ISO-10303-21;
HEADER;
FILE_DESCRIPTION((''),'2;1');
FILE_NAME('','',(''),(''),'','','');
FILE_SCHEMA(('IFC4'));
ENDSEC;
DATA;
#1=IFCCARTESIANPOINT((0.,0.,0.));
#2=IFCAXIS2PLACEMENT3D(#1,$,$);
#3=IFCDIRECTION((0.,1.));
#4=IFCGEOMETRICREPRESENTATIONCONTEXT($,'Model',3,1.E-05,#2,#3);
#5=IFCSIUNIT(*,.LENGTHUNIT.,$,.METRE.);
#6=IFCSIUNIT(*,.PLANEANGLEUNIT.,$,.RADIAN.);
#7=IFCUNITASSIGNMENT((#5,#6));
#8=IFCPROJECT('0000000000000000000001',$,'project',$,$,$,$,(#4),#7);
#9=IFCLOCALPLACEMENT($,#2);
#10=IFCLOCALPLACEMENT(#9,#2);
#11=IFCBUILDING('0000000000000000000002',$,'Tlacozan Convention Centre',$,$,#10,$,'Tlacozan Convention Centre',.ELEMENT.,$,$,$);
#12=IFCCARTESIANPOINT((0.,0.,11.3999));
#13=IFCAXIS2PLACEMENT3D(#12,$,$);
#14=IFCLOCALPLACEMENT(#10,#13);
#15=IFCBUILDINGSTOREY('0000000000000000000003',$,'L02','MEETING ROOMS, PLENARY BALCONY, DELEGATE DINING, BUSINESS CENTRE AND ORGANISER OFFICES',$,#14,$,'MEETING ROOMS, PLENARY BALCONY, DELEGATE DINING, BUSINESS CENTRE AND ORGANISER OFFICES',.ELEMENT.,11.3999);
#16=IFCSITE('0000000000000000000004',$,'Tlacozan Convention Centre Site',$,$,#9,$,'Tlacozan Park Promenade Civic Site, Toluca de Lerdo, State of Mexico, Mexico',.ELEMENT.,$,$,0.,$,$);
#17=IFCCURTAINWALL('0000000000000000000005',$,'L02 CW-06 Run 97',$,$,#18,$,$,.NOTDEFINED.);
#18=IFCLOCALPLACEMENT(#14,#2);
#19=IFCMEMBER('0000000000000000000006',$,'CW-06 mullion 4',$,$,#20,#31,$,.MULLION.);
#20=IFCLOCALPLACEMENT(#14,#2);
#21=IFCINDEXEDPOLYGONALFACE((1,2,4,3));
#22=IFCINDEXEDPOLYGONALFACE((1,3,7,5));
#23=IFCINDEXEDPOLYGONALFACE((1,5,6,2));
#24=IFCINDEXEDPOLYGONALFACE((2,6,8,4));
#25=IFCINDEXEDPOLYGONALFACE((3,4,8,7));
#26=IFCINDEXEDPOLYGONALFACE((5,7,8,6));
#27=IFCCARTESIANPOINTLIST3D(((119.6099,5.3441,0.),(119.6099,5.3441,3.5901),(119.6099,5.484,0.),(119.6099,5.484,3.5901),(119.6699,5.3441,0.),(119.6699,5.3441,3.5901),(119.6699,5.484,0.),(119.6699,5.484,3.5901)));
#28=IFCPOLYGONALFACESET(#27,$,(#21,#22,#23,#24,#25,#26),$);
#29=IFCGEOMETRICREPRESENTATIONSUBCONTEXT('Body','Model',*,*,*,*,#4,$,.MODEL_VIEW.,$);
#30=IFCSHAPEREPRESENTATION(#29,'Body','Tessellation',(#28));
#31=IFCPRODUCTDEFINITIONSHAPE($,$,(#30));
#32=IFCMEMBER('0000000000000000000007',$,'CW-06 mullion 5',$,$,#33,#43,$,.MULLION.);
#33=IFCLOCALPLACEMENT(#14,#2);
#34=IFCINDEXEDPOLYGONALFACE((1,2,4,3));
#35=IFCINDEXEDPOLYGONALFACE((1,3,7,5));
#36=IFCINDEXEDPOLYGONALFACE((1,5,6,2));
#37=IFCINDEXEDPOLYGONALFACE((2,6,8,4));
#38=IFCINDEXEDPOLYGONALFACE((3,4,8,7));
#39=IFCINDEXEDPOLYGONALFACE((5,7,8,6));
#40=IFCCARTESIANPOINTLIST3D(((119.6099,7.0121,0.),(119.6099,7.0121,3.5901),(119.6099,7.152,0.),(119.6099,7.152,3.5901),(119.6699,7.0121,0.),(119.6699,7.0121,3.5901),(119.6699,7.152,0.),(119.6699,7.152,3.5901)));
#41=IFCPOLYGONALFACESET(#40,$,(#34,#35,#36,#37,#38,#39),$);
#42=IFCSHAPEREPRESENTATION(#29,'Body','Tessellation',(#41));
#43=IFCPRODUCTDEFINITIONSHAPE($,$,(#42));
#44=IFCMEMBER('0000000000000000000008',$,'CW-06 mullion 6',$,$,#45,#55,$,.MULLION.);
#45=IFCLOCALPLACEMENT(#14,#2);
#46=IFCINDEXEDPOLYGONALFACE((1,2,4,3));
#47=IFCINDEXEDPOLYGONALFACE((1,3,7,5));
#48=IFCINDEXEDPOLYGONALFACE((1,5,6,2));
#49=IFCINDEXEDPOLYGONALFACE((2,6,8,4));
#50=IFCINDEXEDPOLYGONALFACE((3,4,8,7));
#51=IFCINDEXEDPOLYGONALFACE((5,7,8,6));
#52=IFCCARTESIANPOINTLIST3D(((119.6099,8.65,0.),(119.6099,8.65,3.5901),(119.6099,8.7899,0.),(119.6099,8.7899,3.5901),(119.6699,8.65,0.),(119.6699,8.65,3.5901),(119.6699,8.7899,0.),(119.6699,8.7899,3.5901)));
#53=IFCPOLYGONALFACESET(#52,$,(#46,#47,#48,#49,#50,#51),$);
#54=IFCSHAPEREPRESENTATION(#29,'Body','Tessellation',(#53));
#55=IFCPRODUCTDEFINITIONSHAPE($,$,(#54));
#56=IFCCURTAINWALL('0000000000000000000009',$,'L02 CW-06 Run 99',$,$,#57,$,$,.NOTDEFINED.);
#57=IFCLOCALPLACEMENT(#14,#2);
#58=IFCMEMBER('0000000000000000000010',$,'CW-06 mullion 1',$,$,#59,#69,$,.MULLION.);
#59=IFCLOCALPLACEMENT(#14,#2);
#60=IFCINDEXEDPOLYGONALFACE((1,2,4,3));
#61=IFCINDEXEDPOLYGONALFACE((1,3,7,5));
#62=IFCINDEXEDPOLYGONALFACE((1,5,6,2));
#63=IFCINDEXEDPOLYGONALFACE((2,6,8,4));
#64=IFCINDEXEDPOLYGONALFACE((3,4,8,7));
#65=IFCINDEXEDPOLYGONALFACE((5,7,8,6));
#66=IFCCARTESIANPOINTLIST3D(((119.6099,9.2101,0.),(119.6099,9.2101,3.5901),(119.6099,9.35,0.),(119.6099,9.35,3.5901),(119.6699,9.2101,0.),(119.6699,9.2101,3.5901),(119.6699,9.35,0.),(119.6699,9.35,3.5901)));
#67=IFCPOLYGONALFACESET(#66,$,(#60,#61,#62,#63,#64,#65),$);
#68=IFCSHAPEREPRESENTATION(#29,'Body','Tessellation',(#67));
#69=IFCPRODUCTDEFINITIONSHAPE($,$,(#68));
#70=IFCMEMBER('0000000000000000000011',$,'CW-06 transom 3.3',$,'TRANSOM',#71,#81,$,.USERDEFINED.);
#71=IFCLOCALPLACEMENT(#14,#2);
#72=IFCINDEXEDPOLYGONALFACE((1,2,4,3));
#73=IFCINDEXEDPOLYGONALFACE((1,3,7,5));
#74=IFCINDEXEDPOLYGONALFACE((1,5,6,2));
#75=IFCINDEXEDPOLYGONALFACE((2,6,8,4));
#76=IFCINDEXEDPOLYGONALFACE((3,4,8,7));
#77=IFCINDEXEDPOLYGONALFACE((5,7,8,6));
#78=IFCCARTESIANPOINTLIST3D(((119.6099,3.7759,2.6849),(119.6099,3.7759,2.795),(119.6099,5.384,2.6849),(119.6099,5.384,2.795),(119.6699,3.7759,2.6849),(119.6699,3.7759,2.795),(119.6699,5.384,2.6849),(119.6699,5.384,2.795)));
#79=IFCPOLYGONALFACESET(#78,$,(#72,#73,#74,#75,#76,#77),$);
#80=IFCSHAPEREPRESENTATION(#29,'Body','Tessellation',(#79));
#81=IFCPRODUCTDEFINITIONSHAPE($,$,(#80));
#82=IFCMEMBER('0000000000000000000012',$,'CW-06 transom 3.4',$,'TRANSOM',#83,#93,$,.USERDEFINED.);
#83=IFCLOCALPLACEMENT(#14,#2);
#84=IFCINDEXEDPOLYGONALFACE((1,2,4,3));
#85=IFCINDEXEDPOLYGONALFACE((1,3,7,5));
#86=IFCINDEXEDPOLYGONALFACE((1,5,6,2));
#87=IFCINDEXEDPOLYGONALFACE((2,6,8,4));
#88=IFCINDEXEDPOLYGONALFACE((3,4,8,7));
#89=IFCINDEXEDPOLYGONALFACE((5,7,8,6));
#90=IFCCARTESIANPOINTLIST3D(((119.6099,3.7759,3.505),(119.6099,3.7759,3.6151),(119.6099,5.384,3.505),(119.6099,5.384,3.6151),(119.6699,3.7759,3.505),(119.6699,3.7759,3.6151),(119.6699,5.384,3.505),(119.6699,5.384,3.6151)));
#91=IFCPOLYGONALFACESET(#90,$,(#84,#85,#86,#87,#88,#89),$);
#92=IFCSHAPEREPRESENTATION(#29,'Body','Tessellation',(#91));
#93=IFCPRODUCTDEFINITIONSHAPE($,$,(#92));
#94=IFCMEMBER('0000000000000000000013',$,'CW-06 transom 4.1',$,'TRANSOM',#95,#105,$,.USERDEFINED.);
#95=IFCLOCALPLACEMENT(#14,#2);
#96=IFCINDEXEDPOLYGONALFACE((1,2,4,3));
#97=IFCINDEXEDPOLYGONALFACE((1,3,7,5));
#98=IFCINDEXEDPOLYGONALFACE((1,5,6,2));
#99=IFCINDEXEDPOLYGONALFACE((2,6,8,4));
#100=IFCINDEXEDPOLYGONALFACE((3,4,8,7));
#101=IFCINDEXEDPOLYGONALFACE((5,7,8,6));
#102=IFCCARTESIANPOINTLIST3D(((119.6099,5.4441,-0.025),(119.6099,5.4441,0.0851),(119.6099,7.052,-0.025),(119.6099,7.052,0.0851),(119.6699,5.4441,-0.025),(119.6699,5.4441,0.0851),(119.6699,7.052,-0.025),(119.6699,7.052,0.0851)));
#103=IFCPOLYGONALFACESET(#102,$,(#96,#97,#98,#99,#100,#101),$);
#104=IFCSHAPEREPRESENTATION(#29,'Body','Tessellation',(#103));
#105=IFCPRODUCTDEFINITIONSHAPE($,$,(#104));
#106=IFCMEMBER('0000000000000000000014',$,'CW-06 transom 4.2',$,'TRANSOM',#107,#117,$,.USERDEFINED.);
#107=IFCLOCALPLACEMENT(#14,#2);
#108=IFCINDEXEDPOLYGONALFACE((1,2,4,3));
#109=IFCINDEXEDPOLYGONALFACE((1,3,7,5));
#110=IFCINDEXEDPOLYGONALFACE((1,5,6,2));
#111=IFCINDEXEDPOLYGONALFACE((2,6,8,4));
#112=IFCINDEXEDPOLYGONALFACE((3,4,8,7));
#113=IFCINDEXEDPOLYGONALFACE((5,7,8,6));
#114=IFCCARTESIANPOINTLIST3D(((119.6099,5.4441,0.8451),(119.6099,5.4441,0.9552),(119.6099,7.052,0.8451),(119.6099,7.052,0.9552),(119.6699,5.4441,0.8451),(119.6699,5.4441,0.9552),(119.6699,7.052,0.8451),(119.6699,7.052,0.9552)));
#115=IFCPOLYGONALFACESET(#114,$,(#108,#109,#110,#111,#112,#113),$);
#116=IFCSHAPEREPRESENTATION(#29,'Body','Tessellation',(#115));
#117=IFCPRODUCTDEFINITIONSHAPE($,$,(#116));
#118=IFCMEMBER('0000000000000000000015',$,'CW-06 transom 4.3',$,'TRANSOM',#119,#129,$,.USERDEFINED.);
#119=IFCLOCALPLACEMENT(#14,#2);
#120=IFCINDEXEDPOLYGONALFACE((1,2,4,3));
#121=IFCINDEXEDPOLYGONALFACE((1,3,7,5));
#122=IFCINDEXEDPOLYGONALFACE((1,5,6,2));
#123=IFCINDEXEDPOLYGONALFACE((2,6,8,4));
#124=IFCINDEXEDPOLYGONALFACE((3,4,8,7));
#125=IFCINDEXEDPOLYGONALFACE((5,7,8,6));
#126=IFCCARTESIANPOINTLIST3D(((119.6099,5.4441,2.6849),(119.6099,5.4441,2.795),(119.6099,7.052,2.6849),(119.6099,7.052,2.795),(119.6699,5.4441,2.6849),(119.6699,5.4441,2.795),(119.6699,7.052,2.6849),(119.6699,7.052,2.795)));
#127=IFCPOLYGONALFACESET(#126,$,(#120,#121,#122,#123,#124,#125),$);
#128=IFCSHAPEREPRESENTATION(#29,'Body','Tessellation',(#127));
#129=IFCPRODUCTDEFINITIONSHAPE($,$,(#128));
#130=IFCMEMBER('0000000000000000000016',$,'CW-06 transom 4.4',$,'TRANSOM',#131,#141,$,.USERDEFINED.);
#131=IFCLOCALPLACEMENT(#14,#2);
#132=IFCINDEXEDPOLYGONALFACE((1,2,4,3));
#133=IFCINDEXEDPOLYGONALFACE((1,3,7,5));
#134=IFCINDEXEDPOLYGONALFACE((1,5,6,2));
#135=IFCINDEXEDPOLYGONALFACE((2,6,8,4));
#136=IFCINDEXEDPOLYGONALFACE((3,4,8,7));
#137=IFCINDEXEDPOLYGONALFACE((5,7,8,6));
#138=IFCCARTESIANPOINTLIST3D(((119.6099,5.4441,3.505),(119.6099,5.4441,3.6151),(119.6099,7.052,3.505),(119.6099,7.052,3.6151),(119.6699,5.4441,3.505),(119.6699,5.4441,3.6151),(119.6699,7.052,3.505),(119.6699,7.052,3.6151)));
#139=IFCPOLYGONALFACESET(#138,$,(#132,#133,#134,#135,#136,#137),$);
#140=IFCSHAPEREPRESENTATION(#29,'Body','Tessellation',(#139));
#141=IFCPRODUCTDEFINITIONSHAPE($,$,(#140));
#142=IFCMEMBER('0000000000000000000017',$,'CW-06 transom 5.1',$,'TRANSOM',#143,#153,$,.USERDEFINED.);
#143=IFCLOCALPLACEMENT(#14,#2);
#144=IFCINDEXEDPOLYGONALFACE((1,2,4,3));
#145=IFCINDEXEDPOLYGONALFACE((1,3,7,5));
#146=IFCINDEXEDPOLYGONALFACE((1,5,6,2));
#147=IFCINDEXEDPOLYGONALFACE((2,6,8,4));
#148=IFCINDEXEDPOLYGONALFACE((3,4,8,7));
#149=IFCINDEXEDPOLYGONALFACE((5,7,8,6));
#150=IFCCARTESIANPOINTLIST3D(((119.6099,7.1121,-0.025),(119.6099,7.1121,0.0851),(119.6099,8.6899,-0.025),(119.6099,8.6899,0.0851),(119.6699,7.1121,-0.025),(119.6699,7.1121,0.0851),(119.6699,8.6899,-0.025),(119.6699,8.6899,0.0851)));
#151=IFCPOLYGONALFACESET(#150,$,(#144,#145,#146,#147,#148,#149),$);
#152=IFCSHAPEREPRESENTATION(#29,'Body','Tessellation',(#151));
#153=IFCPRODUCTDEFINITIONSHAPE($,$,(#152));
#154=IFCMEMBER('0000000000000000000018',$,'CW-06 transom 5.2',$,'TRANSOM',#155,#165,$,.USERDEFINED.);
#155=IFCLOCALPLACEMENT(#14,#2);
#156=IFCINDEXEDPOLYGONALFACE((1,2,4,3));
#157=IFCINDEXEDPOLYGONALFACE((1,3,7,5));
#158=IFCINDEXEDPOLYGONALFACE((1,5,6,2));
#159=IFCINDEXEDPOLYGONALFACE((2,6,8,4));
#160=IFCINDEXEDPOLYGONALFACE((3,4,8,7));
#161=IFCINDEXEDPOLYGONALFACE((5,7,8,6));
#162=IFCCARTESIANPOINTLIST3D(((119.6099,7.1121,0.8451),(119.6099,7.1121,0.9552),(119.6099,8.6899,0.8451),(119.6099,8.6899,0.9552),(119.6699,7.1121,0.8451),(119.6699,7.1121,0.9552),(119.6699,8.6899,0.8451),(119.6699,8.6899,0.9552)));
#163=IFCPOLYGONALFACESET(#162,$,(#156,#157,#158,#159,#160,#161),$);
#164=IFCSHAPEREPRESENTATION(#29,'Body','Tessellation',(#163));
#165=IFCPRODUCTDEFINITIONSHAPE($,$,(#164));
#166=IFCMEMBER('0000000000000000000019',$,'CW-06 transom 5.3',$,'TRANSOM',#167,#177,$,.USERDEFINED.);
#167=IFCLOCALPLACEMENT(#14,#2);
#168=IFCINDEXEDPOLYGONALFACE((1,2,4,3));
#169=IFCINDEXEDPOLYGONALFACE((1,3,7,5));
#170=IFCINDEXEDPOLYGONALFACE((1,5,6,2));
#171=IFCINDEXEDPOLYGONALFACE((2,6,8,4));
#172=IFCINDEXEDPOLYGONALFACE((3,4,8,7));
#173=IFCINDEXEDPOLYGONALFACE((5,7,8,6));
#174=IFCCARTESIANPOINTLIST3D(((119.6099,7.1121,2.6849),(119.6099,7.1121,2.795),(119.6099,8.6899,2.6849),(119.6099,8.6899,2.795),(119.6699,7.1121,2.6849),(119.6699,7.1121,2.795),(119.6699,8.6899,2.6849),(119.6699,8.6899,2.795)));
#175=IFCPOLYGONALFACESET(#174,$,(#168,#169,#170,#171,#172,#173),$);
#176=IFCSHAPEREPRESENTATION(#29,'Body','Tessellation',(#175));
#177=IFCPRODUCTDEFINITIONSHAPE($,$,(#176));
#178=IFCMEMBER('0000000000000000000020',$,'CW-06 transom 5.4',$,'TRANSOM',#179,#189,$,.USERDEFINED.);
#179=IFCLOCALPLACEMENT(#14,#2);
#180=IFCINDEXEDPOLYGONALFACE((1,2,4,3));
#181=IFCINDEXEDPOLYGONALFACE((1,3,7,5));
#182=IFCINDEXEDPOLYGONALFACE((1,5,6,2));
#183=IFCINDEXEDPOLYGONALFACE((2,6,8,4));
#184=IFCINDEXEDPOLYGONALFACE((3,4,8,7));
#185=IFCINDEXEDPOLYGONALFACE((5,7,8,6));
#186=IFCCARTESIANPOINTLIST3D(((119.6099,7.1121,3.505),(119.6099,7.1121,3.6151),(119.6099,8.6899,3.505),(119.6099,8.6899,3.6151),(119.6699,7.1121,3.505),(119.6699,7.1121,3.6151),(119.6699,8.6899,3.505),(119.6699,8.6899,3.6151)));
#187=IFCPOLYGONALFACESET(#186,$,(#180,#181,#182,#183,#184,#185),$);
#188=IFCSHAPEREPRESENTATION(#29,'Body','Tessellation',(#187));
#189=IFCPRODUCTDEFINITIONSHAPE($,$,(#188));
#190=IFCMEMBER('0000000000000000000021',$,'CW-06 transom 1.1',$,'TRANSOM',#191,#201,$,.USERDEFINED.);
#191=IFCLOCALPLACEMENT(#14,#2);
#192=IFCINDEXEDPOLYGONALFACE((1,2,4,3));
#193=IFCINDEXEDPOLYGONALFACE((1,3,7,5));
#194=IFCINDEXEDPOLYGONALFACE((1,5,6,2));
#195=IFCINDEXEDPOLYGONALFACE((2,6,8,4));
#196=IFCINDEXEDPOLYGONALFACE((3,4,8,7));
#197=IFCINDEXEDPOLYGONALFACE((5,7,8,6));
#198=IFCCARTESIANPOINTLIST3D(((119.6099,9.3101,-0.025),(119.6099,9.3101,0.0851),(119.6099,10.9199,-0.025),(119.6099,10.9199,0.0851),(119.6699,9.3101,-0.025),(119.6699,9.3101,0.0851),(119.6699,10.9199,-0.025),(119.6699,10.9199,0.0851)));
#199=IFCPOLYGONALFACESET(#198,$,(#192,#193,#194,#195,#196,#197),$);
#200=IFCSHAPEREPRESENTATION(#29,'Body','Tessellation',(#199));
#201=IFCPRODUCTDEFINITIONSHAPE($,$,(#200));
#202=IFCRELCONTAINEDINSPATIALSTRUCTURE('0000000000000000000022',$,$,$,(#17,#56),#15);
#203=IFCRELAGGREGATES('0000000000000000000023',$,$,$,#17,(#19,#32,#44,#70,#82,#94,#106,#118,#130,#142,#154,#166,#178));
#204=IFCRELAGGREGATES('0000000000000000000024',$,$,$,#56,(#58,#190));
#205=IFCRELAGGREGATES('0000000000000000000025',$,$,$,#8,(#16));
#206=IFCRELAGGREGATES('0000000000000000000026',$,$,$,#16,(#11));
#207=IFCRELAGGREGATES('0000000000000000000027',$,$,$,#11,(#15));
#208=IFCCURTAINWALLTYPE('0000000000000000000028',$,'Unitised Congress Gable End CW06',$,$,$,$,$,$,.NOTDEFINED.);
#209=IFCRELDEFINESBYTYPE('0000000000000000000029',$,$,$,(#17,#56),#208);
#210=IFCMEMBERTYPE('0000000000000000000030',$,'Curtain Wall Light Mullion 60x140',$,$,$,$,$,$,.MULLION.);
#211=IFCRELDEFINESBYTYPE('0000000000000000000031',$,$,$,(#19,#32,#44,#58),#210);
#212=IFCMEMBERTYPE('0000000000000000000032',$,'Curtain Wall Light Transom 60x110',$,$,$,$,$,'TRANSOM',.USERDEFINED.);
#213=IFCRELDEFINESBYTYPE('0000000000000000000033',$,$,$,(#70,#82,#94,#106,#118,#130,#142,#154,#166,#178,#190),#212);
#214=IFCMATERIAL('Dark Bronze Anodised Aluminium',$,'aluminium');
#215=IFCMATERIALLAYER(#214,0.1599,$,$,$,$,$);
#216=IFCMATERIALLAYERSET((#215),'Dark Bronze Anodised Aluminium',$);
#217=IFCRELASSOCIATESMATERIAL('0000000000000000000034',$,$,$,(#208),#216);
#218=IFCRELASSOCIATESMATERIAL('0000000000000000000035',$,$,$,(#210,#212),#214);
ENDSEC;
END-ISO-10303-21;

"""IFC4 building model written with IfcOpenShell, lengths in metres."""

from ifc_helpers import new_model, si_unit, direction, frame, origin, origin_2d, place, context, subcontext, project, spatial, rectangle, extrude, material, layer, layer_set, material_profile, profile_set, type_object, element, aggregate, save


model = new_model("IFC4")

# Units and contexts
model_context = context("Model", 3, precision=1e-05, world=origin(), true_north=direction((0.0, 1.0)))
body_context = subcontext(model_context, "Body", "Model", "MODEL_VIEW")
ifc_project = project(units=[si_unit("LENGTHUNIT", "METRE"), si_unit("PLANEANGLEUNIT", "RADIAN")], contexts=[model_context])

# Site, building, storey
site_placement = place(None, origin())
site = spatial("IfcSite", under=ifc_project, at=site_placement, Name="Tlacozan Convention Centre Site", LongName="Tlacozan Park Promenade Civic Site, Toluca de Lerdo, State of Mexico, Mexico", CompositionType="ELEMENT", RefElevation=0.0)
building_placement = place(site_placement, origin())
building = spatial("IfcBuilding", under=site, at=building_placement, Name="Tlacozan Convention Centre", LongName="Tlacozan Convention Centre", CompositionType="ELEMENT")
storey_placement = place(building_placement, frame((0.0, 0.0, 11.3999)))
storey = spatial("IfcBuildingStorey", under=building, at=storey_placement, Name="L02", Description="MEETING ROOMS, PLENARY BALCONY, DELEGATE DINING, BUSINESS CENTRE AND ORGANISER OFFICES", LongName="MEETING ROOMS, PLENARY BALCONY, DELEGATE DINING, BUSINESS CENTRE AND ORGANISER OFFICES", CompositionType="ELEMENT", Elevation=11.3999)

# Curtain wall, members
ifc_material_1 = material(Name="Dark Bronze Anodised Aluminium", Category="aluminium")
ifc_layer_1 = layer(ifc_material_1, 0.1599)
ifc_layer_set_1 = layer_set([ifc_layer_1], Name="Dark Bronze Anodised Aluminium")
curtain_wall_type = type_object("IfcCurtainWallType", Name="Unitised Congress Gable End CW06", PredefinedType="NOTDEFINED", material=ifc_layer_set_1)
curtain_wall_1_placement = place(storey_placement, origin())
curtain_wall_1 = element("IfcCurtainWall", 1, at=curtain_wall_1_placement, inside=storey, type_object=curtain_wall_type, Name="L02 CW-06 Run 97", PredefinedType="NOTDEFINED")
ifc_material_profile_1 = material_profile(ifc_material_1, rectangle(XDim=0.0601, YDim=0.1399, at=origin_2d()), Name="ALU 60x140")
ifc_profile_set_1 = profile_set([ifc_material_profile_1], Name="Dark Bronze Anodised Aluminium")
member_type_1 = type_object("IfcMemberType", Name="Curtain Wall Light Mullion 60x140", PredefinedType="MULLION", material=ifc_profile_set_1)
member_1_placement = place(storey_placement, frame((119.6399, 5.4141, 0.0), z_axis=(0.0, 0.0, 1.0), x_axis=(-1.0, 0.0, 0.0)))
member_1 = element("IfcMember", 2, at=member_1_placement, type_object=member_type_1, Name="CW-06 mullion 4", PredefinedType="MULLION", context=body_context, shape_type="SweptSolid", body=[
    extrude(rectangle(XDim=0.0601, YDim=0.1399, at=origin_2d()), origin(), (0.0, 0.0, 1.0), 3.5901),
])
member_2_placement = place(storey_placement, frame((119.6399, 7.082, 0.0), z_axis=(0.0, 0.0, 1.0), x_axis=(-1.0, 0.0, 0.0)))
member_2 = element("IfcMember", 3, at=member_2_placement, type_object=member_type_1, Name="CW-06 mullion 5", PredefinedType="MULLION", context=body_context, shape_type="SweptSolid", body=[
    extrude(rectangle(XDim=0.0601, YDim=0.1399, at=origin_2d()), origin(), (0.0, 0.0, 1.0), 3.5901),
])
member_3_placement = place(storey_placement, frame((119.6399, 8.72, 0.0), z_axis=(0.0, 0.0, 1.0), x_axis=(-1.0, 0.0, 0.0)))
member_3 = element("IfcMember", 4, at=member_3_placement, type_object=member_type_1, Name="CW-06 mullion 6", PredefinedType="MULLION", context=body_context, shape_type="SweptSolid", body=[
    extrude(rectangle(XDim=0.0601, YDim=0.1399, at=origin_2d()), origin(), (0.0, 0.0, 1.0), 3.5901),
])

# Curtain wall, member
curtain_wall_2_placement = place(storey_placement, origin())
curtain_wall_2 = element("IfcCurtainWall", 5, at=curtain_wall_2_placement, inside=storey, type_object=curtain_wall_type, Name="L02 CW-06 Run 99", PredefinedType="NOTDEFINED")
member_4_placement = place(storey_placement, frame((119.6399, 9.28, 0.0), z_axis=(0.0, 0.0, 1.0), x_axis=(-1.0, 0.0, 0.0)))
member_4 = element("IfcMember", 6, at=member_4_placement, type_object=member_type_1, Name="CW-06 mullion 1", PredefinedType="MULLION", context=body_context, shape_type="SweptSolid", body=[
    extrude(rectangle(XDim=0.0601, YDim=0.1399, at=origin_2d()), origin(), (0.0, 0.0, 1.0), 3.5901),
])

# Members
ifc_material_profile_2 = material_profile(ifc_material_1, rectangle(XDim=0.0601, YDim=0.1101, at=origin_2d()), Name="ALU 60x110")
ifc_profile_set_2 = profile_set([ifc_material_profile_2], Name="Dark Bronze Anodised Aluminium")
member_type_2 = type_object("IfcMemberType", Name="Curtain Wall Light Transom 60x110", ElementType="TRANSOM", PredefinedType="USERDEFINED", material=ifc_profile_set_2)
member_5_placement = place(storey_placement, frame((119.6399, 3.7759, 2.74), z_axis=(0.0, 1.0, 0.0), x_axis=(-1.0, 0.0, 0.0)))
member_5 = element("IfcMember", 7, at=member_5_placement, type_object=member_type_2, Name="CW-06 transom 3.3", ObjectType="TRANSOM", PredefinedType="USERDEFINED", context=body_context, shape_type="SweptSolid", body=[
    extrude(rectangle(XDim=0.0601, YDim=0.1101, at=origin_2d()), origin(), (0.0, 0.0, 1.0), 1.6082),
])
member_6_placement = place(storey_placement, frame((119.6399, 3.7759, 3.5601), z_axis=(0.0, 1.0, 0.0), x_axis=(-1.0, 0.0, 0.0)))
member_6 = element("IfcMember", 8, at=member_6_placement, type_object=member_type_2, Name="CW-06 transom 3.4", ObjectType="TRANSOM", PredefinedType="USERDEFINED", context=body_context, shape_type="SweptSolid", body=[
    extrude(rectangle(XDim=0.0601, YDim=0.1101, at=origin_2d()), origin(), (0.0, 0.0, 1.0), 1.6082),
])
member_7_placement = place(storey_placement, frame((119.6399, 5.4441, 0.03), z_axis=(0.0, 1.0, 0.0), x_axis=(-1.0, 0.0, 0.0)))
member_7 = element("IfcMember", 9, at=member_7_placement, type_object=member_type_2, Name="CW-06 transom 4.1", ObjectType="TRANSOM", PredefinedType="USERDEFINED", context=body_context, shape_type="SweptSolid", body=[
    extrude(rectangle(XDim=0.0601, YDim=0.1101, at=origin_2d()), origin(), (0.0, 0.0, 1.0), 1.6079),
])
member_8_placement = place(storey_placement, frame((119.6399, 5.4441, 0.9001), z_axis=(0.0, 1.0, 0.0), x_axis=(-1.0, 0.0, 0.0)))
member_8 = element("IfcMember", 10, at=member_8_placement, type_object=member_type_2, Name="CW-06 transom 4.2", ObjectType="TRANSOM", PredefinedType="USERDEFINED", context=body_context, shape_type="SweptSolid", body=[
    extrude(rectangle(XDim=0.0601, YDim=0.1101, at=origin_2d()), origin(), (0.0, 0.0, 1.0), 1.6079),
])
member_9_placement = place(storey_placement, frame((119.6399, 5.4441, 2.74), z_axis=(0.0, 1.0, 0.0), x_axis=(-1.0, 0.0, 0.0)))
member_9 = element("IfcMember", 11, at=member_9_placement, type_object=member_type_2, Name="CW-06 transom 4.3", ObjectType="TRANSOM", PredefinedType="USERDEFINED", context=body_context, shape_type="SweptSolid", body=[
    extrude(rectangle(XDim=0.0601, YDim=0.1101, at=origin_2d()), origin(), (0.0, 0.0, 1.0), 1.6079),
])
member_10_placement = place(storey_placement, frame((119.6399, 5.4441, 3.5601), z_axis=(0.0, 1.0, 0.0), x_axis=(-1.0, 0.0, 0.0)))
member_10 = element("IfcMember", 12, at=member_10_placement, type_object=member_type_2, Name="CW-06 transom 4.4", ObjectType="TRANSOM", PredefinedType="USERDEFINED", context=body_context, shape_type="SweptSolid", body=[
    extrude(rectangle(XDim=0.0601, YDim=0.1101, at=origin_2d()), origin(), (0.0, 0.0, 1.0), 1.6079),
])
member_11_placement = place(storey_placement, frame((119.6399, 7.1121, 0.03), z_axis=(0.0, 1.0, 0.0), x_axis=(-1.0, 0.0, 0.0)))
member_11 = element("IfcMember", 13, at=member_11_placement, type_object=member_type_2, Name="CW-06 transom 5.1", ObjectType="TRANSOM", PredefinedType="USERDEFINED", context=body_context, shape_type="SweptSolid", body=[
    extrude(rectangle(XDim=0.0601, YDim=0.1101, at=origin_2d()), origin(), (0.0, 0.0, 1.0), 1.5779),
])
member_12_placement = place(storey_placement, frame((119.6399, 7.1121, 0.9001), z_axis=(0.0, 1.0, 0.0), x_axis=(-1.0, 0.0, 0.0)))
member_12 = element("IfcMember", 14, at=member_12_placement, type_object=member_type_2, Name="CW-06 transom 5.2", ObjectType="TRANSOM", PredefinedType="USERDEFINED", context=body_context, shape_type="SweptSolid", body=[
    extrude(rectangle(XDim=0.0601, YDim=0.1101, at=origin_2d()), origin(), (0.0, 0.0, 1.0), 1.5779),
])
member_13_placement = place(storey_placement, frame((119.6399, 7.1121, 2.74), z_axis=(0.0, 1.0, 0.0), x_axis=(-1.0, 0.0, 0.0)))
member_13 = element("IfcMember", 15, at=member_13_placement, type_object=member_type_2, Name="CW-06 transom 5.3", ObjectType="TRANSOM", PredefinedType="USERDEFINED", context=body_context, shape_type="SweptSolid", body=[
    extrude(rectangle(XDim=0.0601, YDim=0.1101, at=origin_2d()), origin(), (0.0, 0.0, 1.0), 1.5779),
])
member_14_placement = place(storey_placement, frame((119.6399, 7.1121, 3.5601), z_axis=(0.0, 1.0, 0.0), x_axis=(-1.0, 0.0, 0.0)))
member_14 = element("IfcMember", 16, at=member_14_placement, type_object=member_type_2, Name="CW-06 transom 5.4", ObjectType="TRANSOM", PredefinedType="USERDEFINED", context=body_context, shape_type="SweptSolid", body=[
    extrude(rectangle(XDim=0.0601, YDim=0.1101, at=origin_2d()), origin(), (0.0, 0.0, 1.0), 1.5779),
])
member_15_placement = place(storey_placement, frame((119.6399, 9.3101, 0.03), z_axis=(0.0, 1.0, 0.0), x_axis=(-1.0, 0.0, 0.0)))
member_15 = element("IfcMember", 17, at=member_15_placement, type_object=member_type_2, Name="CW-06 transom 1.1", ObjectType="TRANSOM", PredefinedType="USERDEFINED", context=body_context, shape_type="SweptSolid", body=[
    extrude(rectangle(XDim=0.0601, YDim=0.1101, at=origin_2d()), origin(), (0.0, 0.0, 1.0), 1.6099),
])

aggregate(curtain_wall_1, [member_1, member_2, member_3, member_5, member_6, member_7, member_8, member_9, member_10, member_11, member_12, member_13, member_14])
aggregate(curtain_wall_2, [member_4, member_15])

save(model, "model.ifc")
